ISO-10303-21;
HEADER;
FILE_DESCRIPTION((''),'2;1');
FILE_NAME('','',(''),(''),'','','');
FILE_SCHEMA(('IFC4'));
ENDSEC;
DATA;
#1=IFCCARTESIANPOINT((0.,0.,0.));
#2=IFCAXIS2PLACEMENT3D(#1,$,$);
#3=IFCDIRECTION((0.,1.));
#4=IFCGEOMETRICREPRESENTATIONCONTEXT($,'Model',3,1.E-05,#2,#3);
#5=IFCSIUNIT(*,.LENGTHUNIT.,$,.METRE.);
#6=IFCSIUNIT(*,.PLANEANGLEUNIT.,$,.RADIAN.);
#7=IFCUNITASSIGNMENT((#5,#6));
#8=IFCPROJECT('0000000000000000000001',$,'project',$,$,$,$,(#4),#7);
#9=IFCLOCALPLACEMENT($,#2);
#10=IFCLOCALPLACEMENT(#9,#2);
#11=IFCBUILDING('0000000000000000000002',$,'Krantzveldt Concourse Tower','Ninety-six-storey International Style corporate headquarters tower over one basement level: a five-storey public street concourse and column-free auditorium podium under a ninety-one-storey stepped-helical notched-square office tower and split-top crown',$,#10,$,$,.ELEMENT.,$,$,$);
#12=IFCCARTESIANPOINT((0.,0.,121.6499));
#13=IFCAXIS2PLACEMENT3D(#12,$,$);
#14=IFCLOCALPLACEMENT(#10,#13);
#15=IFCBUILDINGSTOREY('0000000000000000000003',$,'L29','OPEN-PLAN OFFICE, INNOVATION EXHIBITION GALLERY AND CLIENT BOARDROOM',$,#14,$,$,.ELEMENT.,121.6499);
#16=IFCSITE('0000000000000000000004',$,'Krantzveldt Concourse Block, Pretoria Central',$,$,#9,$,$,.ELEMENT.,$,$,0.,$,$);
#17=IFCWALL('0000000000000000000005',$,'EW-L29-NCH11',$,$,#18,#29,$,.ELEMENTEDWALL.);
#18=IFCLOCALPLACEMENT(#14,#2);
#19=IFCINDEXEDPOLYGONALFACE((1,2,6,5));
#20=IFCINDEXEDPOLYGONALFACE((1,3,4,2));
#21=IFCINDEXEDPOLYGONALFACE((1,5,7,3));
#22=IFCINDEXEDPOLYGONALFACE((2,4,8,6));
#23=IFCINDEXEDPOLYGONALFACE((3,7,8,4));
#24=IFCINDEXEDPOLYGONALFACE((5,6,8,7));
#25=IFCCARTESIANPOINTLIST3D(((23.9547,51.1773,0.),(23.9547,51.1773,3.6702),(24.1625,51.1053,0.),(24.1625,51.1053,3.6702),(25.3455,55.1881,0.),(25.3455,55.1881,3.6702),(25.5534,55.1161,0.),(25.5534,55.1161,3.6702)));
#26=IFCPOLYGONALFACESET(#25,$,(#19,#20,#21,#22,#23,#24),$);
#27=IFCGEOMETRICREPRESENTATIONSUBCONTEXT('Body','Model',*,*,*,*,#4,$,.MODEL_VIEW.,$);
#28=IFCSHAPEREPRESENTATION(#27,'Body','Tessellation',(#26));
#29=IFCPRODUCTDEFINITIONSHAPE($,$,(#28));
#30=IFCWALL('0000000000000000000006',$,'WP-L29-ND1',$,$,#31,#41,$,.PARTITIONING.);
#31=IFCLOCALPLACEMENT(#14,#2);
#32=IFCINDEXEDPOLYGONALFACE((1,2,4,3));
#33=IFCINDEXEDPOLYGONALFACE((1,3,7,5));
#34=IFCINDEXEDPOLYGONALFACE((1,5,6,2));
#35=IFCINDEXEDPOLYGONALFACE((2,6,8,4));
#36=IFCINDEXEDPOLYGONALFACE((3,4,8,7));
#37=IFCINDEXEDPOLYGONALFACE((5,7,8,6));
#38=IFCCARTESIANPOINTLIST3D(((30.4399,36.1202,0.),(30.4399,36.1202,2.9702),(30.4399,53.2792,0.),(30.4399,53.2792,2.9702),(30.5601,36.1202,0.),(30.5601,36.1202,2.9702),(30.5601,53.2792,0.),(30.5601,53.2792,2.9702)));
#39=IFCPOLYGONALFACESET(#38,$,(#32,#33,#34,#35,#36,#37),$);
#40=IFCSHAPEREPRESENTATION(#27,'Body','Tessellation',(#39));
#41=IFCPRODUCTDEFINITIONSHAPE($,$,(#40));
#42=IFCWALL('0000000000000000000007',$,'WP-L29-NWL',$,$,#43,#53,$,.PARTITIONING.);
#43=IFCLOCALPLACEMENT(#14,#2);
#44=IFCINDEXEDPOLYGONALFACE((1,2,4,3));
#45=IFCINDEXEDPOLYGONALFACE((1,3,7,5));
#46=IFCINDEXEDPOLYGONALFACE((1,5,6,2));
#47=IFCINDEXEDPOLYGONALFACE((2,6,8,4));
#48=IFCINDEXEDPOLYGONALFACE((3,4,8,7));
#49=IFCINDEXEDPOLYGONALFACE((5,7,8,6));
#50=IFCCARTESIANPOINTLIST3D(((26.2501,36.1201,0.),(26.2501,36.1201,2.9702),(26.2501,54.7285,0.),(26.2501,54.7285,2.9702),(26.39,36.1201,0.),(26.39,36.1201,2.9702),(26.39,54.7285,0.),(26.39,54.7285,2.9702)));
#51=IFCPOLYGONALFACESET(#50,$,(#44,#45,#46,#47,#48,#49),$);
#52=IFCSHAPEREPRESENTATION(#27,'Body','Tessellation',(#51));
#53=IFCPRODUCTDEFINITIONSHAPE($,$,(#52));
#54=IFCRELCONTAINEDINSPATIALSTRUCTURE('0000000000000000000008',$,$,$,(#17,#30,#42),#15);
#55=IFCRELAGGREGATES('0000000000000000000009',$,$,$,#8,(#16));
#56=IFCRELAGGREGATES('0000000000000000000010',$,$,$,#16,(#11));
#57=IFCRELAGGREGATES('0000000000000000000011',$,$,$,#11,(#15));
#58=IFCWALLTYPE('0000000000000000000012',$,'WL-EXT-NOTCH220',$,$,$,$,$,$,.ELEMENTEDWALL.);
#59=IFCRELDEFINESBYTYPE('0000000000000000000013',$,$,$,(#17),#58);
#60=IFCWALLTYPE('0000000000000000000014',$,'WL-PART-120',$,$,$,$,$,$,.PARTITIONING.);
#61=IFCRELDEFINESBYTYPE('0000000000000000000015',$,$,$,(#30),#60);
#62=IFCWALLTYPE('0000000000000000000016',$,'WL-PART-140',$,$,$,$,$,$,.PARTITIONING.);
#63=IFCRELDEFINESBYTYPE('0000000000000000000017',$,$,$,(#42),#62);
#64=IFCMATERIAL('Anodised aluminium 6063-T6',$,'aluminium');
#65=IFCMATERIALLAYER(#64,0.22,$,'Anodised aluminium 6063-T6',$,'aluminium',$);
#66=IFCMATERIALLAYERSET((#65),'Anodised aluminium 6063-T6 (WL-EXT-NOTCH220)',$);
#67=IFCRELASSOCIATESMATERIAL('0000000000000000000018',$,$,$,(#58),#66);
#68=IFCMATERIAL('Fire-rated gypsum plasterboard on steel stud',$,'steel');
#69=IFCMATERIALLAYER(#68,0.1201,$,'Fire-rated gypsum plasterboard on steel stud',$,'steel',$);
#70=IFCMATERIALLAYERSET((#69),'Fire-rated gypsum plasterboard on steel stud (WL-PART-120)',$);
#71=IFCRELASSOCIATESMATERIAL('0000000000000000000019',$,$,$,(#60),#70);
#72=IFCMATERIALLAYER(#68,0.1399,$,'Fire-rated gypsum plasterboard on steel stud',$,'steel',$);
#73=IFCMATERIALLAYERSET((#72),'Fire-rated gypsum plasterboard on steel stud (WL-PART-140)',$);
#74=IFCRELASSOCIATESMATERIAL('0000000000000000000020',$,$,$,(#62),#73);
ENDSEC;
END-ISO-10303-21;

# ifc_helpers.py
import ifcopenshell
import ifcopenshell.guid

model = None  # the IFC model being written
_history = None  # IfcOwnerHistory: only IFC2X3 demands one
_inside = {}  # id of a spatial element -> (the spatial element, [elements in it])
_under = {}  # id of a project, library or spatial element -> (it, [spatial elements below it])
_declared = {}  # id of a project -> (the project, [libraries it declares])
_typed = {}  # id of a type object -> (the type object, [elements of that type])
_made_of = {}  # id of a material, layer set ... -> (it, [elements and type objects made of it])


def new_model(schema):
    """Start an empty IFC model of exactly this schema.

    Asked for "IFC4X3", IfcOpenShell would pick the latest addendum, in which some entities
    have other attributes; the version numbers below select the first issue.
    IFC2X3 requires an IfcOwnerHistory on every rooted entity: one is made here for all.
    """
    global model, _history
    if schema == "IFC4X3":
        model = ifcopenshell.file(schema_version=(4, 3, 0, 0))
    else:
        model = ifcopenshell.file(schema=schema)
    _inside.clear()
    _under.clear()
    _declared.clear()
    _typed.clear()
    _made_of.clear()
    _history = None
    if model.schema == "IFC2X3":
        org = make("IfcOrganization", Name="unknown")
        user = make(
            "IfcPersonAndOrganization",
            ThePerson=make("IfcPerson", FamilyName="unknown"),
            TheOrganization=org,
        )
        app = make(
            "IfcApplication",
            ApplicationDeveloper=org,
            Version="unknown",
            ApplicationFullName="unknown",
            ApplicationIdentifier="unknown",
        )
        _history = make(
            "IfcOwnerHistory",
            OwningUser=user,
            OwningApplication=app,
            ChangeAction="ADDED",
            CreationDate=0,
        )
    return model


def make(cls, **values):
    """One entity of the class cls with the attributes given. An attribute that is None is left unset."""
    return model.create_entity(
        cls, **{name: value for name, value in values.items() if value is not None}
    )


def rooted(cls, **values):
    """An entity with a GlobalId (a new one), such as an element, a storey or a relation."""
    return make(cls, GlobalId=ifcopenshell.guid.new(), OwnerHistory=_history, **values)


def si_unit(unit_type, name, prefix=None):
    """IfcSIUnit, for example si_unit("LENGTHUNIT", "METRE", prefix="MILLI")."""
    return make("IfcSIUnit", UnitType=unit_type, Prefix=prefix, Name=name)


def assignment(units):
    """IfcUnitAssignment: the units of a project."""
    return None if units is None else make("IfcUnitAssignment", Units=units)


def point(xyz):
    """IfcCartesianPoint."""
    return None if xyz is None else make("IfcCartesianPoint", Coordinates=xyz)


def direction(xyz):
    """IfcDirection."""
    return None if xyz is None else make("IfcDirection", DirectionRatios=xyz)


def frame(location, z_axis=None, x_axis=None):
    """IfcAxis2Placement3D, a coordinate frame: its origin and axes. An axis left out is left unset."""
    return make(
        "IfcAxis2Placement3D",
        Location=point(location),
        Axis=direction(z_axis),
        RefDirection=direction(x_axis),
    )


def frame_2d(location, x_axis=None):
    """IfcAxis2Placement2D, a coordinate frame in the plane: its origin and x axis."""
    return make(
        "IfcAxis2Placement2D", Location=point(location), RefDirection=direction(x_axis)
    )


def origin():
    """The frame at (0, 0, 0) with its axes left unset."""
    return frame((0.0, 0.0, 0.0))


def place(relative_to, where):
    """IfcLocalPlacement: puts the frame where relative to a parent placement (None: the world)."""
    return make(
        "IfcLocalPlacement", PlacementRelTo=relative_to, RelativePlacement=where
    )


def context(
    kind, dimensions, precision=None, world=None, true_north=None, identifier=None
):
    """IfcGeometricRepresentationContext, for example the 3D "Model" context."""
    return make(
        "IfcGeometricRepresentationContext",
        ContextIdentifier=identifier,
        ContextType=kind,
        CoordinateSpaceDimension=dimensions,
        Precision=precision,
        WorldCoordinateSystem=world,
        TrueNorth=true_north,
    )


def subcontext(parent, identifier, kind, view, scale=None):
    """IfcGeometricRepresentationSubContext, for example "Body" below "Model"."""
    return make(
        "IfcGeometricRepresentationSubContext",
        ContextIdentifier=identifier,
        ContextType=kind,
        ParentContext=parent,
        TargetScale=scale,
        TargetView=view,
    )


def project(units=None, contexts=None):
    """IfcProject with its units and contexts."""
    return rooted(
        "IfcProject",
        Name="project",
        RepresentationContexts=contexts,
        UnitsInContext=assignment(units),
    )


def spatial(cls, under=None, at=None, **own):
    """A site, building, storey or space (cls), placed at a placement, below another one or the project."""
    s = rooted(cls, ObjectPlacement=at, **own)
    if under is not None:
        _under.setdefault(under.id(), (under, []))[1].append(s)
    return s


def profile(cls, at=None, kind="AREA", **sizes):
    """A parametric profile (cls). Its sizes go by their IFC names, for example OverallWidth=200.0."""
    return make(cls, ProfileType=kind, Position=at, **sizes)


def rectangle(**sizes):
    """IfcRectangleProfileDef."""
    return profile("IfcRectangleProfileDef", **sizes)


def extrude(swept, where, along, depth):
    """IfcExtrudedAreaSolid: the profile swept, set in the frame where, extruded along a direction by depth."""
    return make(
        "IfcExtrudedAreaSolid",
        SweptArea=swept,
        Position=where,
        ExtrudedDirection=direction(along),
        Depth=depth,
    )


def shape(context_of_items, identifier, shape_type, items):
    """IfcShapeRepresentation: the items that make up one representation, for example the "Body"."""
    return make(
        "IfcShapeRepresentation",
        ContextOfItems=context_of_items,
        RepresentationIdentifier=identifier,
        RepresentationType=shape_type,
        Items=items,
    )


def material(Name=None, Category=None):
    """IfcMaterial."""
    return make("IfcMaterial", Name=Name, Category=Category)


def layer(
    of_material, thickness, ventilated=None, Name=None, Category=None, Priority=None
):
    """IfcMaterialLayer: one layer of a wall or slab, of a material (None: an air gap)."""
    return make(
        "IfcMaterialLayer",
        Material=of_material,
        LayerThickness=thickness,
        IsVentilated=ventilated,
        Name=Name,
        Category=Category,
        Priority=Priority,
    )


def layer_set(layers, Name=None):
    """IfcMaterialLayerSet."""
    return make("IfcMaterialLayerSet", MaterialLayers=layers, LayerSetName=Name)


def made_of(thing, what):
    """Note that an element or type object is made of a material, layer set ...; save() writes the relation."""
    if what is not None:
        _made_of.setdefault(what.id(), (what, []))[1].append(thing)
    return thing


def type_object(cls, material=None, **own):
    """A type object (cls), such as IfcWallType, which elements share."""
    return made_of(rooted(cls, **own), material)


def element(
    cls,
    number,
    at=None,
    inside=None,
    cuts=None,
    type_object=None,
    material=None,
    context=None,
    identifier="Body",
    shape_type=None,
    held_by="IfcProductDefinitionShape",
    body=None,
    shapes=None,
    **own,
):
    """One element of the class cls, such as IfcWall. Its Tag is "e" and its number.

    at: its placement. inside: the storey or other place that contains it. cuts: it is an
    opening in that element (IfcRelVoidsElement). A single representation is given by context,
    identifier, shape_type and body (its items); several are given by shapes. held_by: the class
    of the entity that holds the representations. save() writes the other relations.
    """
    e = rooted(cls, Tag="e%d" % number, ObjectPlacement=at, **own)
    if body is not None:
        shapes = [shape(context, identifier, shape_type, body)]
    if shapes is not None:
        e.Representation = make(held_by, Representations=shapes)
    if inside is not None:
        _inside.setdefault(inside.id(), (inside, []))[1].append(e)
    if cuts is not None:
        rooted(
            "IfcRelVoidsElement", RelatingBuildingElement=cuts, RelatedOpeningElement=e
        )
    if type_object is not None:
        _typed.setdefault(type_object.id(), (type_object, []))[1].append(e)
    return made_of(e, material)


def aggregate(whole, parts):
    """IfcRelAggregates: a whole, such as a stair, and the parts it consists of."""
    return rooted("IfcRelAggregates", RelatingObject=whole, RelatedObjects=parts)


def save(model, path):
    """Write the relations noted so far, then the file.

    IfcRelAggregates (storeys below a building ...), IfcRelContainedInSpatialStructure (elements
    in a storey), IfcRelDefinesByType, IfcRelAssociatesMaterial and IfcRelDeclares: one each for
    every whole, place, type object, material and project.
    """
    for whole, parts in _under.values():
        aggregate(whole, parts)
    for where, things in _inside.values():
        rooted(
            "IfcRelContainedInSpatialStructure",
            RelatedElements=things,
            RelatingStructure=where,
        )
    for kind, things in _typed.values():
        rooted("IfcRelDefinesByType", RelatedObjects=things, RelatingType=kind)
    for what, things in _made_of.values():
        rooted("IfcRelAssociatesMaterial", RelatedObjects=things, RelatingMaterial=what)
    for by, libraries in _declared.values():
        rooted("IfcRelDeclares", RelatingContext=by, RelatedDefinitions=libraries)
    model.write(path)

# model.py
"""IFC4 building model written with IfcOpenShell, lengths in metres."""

from ifc_helpers import new_model, si_unit, direction, frame, frame_2d, origin, place, context, subcontext, project, spatial, rectangle, extrude, material, layer, layer_set, type_object, element, save


model = new_model("IFC4")

# Units and contexts
model_context = context("Model", 3, precision=1e-05, world=origin(), true_north=direction((0.0, 1.0)))
body_context = subcontext(model_context, "Body", "Model", "MODEL_VIEW")
ifc_project = project(units=[si_unit("LENGTHUNIT", "METRE"), si_unit("PLANEANGLEUNIT", "RADIAN")], contexts=[model_context])

# Site, building, storey
site_placement = place(None, origin())
site = spatial("IfcSite", under=ifc_project, at=site_placement, Name="Krantzveldt Concourse Block, Pretoria Central", CompositionType="ELEMENT", RefElevation=0.0)
building_placement = place(site_placement, origin())
building = spatial("IfcBuilding", under=site, at=building_placement, Name="Krantzveldt Concourse Tower", Description="Ninety-six-storey International Style corporate headquarters tower over one basement level: a five-storey public street concourse and column-free auditorium podium under a ninety-one-storey stepped-helical notched-square office tower and split-top crown", CompositionType="ELEMENT")
storey_placement = place(building_placement, frame((0.0, 0.0, 121.6499)))
storey = spatial("IfcBuildingStorey", under=building, at=storey_placement, Name="L29", Description="OPEN-PLAN OFFICE, INNOVATION EXHIBITION GALLERY AND CLIENT BOARDROOM", CompositionType="ELEMENT", Elevation=121.6499)

# Shared definitions
ifc_material_1 = material(Name="Anodised aluminium 6063-T6", Category="aluminium")

# Walls
ifc_layer_1 = layer(ifc_material_1, 0.22, Name="Anodised aluminium 6063-T6", Category="aluminium")
ifc_layer_set_1 = layer_set([ifc_layer_1], Name="Anodised aluminium 6063-T6 (WL-EXT-NOTCH220)")
wall_type_1 = type_object("IfcWallType", Name="WL-EXT-NOTCH220", PredefinedType="ELEMENTEDWALL", material=ifc_layer_set_1)
wall_1_placement = place(storey_placement, frame((25.4495, 55.1521, 0.0), z_axis=(0.0, 0.0, 1.0), x_axis=(-0.327644, -0.944801, 0.0)))
element("IfcWall", 1, at=wall_1_placement, inside=storey, type_object=wall_type_1, Name="EW-L29-NCH11", PredefinedType="ELEMENTEDWALL", context=body_context, shape_type="SweptSolid", body=[
    extrude(rectangle(XDim=4.2451, YDim=0.22, at=frame_2d((2.1226, 0.0))), origin(), (0.0, 0.0, 1.0), 3.6702),
])
ifc_material_2 = material(Name="Fire-rated gypsum plasterboard on steel stud", Category="steel")
ifc_layer_2 = layer(ifc_material_2, 0.1201, Name="Fire-rated gypsum plasterboard on steel stud", Category="steel")
ifc_layer_set_2 = layer_set([ifc_layer_2], Name="Fire-rated gypsum plasterboard on steel stud (WL-PART-120)")
wall_type_2 = type_object("IfcWallType", Name="WL-PART-120", PredefinedType="PARTITIONING", material=ifc_layer_set_2)
wall_2_placement = place(storey_placement, frame((30.5, 36.1201, 0.0), z_axis=(0.0, 0.0, 1.0), x_axis=(0.0, 1.0, 0.0)))
element("IfcWall", 2, at=wall_2_placement, inside=storey, type_object=wall_type_2, Name="WP-L29-ND1", PredefinedType="PARTITIONING", context=body_context, shape_type="SweptSolid", body=[
    extrude(rectangle(XDim=17.1589, YDim=0.1201, at=frame_2d((8.5796, 0.0))), origin(), (0.0, 0.0, 1.0), 2.9702),
])
ifc_layer_3 = layer(ifc_material_2, 0.1399, Name="Fire-rated gypsum plasterboard on steel stud", Category="steel")
ifc_layer_set_3 = layer_set([ifc_layer_3], Name="Fire-rated gypsum plasterboard on steel stud (WL-PART-140)")
wall_type_3 = type_object("IfcWallType", Name="WL-PART-140", PredefinedType="PARTITIONING", material=ifc_layer_set_3)
wall_3_placement = place(storey_placement, frame((26.3201, 36.1201, 0.0), z_axis=(0.0, 0.0, 1.0), x_axis=(0.0, 1.0, 0.0)))
element("IfcWall", 3, at=wall_3_placement, inside=storey, type_object=wall_type_3, Name="WP-L29-NWL", PredefinedType="PARTITIONING", context=body_context, shape_type="SweptSolid", body=[
    extrude(rectangle(XDim=18.6084, YDim=0.1399, at=frame_2d((9.3042, 0.0))), origin(), (0.0, 0.0, 1.0), 2.9702),
])

save(model, "model.ifc")
